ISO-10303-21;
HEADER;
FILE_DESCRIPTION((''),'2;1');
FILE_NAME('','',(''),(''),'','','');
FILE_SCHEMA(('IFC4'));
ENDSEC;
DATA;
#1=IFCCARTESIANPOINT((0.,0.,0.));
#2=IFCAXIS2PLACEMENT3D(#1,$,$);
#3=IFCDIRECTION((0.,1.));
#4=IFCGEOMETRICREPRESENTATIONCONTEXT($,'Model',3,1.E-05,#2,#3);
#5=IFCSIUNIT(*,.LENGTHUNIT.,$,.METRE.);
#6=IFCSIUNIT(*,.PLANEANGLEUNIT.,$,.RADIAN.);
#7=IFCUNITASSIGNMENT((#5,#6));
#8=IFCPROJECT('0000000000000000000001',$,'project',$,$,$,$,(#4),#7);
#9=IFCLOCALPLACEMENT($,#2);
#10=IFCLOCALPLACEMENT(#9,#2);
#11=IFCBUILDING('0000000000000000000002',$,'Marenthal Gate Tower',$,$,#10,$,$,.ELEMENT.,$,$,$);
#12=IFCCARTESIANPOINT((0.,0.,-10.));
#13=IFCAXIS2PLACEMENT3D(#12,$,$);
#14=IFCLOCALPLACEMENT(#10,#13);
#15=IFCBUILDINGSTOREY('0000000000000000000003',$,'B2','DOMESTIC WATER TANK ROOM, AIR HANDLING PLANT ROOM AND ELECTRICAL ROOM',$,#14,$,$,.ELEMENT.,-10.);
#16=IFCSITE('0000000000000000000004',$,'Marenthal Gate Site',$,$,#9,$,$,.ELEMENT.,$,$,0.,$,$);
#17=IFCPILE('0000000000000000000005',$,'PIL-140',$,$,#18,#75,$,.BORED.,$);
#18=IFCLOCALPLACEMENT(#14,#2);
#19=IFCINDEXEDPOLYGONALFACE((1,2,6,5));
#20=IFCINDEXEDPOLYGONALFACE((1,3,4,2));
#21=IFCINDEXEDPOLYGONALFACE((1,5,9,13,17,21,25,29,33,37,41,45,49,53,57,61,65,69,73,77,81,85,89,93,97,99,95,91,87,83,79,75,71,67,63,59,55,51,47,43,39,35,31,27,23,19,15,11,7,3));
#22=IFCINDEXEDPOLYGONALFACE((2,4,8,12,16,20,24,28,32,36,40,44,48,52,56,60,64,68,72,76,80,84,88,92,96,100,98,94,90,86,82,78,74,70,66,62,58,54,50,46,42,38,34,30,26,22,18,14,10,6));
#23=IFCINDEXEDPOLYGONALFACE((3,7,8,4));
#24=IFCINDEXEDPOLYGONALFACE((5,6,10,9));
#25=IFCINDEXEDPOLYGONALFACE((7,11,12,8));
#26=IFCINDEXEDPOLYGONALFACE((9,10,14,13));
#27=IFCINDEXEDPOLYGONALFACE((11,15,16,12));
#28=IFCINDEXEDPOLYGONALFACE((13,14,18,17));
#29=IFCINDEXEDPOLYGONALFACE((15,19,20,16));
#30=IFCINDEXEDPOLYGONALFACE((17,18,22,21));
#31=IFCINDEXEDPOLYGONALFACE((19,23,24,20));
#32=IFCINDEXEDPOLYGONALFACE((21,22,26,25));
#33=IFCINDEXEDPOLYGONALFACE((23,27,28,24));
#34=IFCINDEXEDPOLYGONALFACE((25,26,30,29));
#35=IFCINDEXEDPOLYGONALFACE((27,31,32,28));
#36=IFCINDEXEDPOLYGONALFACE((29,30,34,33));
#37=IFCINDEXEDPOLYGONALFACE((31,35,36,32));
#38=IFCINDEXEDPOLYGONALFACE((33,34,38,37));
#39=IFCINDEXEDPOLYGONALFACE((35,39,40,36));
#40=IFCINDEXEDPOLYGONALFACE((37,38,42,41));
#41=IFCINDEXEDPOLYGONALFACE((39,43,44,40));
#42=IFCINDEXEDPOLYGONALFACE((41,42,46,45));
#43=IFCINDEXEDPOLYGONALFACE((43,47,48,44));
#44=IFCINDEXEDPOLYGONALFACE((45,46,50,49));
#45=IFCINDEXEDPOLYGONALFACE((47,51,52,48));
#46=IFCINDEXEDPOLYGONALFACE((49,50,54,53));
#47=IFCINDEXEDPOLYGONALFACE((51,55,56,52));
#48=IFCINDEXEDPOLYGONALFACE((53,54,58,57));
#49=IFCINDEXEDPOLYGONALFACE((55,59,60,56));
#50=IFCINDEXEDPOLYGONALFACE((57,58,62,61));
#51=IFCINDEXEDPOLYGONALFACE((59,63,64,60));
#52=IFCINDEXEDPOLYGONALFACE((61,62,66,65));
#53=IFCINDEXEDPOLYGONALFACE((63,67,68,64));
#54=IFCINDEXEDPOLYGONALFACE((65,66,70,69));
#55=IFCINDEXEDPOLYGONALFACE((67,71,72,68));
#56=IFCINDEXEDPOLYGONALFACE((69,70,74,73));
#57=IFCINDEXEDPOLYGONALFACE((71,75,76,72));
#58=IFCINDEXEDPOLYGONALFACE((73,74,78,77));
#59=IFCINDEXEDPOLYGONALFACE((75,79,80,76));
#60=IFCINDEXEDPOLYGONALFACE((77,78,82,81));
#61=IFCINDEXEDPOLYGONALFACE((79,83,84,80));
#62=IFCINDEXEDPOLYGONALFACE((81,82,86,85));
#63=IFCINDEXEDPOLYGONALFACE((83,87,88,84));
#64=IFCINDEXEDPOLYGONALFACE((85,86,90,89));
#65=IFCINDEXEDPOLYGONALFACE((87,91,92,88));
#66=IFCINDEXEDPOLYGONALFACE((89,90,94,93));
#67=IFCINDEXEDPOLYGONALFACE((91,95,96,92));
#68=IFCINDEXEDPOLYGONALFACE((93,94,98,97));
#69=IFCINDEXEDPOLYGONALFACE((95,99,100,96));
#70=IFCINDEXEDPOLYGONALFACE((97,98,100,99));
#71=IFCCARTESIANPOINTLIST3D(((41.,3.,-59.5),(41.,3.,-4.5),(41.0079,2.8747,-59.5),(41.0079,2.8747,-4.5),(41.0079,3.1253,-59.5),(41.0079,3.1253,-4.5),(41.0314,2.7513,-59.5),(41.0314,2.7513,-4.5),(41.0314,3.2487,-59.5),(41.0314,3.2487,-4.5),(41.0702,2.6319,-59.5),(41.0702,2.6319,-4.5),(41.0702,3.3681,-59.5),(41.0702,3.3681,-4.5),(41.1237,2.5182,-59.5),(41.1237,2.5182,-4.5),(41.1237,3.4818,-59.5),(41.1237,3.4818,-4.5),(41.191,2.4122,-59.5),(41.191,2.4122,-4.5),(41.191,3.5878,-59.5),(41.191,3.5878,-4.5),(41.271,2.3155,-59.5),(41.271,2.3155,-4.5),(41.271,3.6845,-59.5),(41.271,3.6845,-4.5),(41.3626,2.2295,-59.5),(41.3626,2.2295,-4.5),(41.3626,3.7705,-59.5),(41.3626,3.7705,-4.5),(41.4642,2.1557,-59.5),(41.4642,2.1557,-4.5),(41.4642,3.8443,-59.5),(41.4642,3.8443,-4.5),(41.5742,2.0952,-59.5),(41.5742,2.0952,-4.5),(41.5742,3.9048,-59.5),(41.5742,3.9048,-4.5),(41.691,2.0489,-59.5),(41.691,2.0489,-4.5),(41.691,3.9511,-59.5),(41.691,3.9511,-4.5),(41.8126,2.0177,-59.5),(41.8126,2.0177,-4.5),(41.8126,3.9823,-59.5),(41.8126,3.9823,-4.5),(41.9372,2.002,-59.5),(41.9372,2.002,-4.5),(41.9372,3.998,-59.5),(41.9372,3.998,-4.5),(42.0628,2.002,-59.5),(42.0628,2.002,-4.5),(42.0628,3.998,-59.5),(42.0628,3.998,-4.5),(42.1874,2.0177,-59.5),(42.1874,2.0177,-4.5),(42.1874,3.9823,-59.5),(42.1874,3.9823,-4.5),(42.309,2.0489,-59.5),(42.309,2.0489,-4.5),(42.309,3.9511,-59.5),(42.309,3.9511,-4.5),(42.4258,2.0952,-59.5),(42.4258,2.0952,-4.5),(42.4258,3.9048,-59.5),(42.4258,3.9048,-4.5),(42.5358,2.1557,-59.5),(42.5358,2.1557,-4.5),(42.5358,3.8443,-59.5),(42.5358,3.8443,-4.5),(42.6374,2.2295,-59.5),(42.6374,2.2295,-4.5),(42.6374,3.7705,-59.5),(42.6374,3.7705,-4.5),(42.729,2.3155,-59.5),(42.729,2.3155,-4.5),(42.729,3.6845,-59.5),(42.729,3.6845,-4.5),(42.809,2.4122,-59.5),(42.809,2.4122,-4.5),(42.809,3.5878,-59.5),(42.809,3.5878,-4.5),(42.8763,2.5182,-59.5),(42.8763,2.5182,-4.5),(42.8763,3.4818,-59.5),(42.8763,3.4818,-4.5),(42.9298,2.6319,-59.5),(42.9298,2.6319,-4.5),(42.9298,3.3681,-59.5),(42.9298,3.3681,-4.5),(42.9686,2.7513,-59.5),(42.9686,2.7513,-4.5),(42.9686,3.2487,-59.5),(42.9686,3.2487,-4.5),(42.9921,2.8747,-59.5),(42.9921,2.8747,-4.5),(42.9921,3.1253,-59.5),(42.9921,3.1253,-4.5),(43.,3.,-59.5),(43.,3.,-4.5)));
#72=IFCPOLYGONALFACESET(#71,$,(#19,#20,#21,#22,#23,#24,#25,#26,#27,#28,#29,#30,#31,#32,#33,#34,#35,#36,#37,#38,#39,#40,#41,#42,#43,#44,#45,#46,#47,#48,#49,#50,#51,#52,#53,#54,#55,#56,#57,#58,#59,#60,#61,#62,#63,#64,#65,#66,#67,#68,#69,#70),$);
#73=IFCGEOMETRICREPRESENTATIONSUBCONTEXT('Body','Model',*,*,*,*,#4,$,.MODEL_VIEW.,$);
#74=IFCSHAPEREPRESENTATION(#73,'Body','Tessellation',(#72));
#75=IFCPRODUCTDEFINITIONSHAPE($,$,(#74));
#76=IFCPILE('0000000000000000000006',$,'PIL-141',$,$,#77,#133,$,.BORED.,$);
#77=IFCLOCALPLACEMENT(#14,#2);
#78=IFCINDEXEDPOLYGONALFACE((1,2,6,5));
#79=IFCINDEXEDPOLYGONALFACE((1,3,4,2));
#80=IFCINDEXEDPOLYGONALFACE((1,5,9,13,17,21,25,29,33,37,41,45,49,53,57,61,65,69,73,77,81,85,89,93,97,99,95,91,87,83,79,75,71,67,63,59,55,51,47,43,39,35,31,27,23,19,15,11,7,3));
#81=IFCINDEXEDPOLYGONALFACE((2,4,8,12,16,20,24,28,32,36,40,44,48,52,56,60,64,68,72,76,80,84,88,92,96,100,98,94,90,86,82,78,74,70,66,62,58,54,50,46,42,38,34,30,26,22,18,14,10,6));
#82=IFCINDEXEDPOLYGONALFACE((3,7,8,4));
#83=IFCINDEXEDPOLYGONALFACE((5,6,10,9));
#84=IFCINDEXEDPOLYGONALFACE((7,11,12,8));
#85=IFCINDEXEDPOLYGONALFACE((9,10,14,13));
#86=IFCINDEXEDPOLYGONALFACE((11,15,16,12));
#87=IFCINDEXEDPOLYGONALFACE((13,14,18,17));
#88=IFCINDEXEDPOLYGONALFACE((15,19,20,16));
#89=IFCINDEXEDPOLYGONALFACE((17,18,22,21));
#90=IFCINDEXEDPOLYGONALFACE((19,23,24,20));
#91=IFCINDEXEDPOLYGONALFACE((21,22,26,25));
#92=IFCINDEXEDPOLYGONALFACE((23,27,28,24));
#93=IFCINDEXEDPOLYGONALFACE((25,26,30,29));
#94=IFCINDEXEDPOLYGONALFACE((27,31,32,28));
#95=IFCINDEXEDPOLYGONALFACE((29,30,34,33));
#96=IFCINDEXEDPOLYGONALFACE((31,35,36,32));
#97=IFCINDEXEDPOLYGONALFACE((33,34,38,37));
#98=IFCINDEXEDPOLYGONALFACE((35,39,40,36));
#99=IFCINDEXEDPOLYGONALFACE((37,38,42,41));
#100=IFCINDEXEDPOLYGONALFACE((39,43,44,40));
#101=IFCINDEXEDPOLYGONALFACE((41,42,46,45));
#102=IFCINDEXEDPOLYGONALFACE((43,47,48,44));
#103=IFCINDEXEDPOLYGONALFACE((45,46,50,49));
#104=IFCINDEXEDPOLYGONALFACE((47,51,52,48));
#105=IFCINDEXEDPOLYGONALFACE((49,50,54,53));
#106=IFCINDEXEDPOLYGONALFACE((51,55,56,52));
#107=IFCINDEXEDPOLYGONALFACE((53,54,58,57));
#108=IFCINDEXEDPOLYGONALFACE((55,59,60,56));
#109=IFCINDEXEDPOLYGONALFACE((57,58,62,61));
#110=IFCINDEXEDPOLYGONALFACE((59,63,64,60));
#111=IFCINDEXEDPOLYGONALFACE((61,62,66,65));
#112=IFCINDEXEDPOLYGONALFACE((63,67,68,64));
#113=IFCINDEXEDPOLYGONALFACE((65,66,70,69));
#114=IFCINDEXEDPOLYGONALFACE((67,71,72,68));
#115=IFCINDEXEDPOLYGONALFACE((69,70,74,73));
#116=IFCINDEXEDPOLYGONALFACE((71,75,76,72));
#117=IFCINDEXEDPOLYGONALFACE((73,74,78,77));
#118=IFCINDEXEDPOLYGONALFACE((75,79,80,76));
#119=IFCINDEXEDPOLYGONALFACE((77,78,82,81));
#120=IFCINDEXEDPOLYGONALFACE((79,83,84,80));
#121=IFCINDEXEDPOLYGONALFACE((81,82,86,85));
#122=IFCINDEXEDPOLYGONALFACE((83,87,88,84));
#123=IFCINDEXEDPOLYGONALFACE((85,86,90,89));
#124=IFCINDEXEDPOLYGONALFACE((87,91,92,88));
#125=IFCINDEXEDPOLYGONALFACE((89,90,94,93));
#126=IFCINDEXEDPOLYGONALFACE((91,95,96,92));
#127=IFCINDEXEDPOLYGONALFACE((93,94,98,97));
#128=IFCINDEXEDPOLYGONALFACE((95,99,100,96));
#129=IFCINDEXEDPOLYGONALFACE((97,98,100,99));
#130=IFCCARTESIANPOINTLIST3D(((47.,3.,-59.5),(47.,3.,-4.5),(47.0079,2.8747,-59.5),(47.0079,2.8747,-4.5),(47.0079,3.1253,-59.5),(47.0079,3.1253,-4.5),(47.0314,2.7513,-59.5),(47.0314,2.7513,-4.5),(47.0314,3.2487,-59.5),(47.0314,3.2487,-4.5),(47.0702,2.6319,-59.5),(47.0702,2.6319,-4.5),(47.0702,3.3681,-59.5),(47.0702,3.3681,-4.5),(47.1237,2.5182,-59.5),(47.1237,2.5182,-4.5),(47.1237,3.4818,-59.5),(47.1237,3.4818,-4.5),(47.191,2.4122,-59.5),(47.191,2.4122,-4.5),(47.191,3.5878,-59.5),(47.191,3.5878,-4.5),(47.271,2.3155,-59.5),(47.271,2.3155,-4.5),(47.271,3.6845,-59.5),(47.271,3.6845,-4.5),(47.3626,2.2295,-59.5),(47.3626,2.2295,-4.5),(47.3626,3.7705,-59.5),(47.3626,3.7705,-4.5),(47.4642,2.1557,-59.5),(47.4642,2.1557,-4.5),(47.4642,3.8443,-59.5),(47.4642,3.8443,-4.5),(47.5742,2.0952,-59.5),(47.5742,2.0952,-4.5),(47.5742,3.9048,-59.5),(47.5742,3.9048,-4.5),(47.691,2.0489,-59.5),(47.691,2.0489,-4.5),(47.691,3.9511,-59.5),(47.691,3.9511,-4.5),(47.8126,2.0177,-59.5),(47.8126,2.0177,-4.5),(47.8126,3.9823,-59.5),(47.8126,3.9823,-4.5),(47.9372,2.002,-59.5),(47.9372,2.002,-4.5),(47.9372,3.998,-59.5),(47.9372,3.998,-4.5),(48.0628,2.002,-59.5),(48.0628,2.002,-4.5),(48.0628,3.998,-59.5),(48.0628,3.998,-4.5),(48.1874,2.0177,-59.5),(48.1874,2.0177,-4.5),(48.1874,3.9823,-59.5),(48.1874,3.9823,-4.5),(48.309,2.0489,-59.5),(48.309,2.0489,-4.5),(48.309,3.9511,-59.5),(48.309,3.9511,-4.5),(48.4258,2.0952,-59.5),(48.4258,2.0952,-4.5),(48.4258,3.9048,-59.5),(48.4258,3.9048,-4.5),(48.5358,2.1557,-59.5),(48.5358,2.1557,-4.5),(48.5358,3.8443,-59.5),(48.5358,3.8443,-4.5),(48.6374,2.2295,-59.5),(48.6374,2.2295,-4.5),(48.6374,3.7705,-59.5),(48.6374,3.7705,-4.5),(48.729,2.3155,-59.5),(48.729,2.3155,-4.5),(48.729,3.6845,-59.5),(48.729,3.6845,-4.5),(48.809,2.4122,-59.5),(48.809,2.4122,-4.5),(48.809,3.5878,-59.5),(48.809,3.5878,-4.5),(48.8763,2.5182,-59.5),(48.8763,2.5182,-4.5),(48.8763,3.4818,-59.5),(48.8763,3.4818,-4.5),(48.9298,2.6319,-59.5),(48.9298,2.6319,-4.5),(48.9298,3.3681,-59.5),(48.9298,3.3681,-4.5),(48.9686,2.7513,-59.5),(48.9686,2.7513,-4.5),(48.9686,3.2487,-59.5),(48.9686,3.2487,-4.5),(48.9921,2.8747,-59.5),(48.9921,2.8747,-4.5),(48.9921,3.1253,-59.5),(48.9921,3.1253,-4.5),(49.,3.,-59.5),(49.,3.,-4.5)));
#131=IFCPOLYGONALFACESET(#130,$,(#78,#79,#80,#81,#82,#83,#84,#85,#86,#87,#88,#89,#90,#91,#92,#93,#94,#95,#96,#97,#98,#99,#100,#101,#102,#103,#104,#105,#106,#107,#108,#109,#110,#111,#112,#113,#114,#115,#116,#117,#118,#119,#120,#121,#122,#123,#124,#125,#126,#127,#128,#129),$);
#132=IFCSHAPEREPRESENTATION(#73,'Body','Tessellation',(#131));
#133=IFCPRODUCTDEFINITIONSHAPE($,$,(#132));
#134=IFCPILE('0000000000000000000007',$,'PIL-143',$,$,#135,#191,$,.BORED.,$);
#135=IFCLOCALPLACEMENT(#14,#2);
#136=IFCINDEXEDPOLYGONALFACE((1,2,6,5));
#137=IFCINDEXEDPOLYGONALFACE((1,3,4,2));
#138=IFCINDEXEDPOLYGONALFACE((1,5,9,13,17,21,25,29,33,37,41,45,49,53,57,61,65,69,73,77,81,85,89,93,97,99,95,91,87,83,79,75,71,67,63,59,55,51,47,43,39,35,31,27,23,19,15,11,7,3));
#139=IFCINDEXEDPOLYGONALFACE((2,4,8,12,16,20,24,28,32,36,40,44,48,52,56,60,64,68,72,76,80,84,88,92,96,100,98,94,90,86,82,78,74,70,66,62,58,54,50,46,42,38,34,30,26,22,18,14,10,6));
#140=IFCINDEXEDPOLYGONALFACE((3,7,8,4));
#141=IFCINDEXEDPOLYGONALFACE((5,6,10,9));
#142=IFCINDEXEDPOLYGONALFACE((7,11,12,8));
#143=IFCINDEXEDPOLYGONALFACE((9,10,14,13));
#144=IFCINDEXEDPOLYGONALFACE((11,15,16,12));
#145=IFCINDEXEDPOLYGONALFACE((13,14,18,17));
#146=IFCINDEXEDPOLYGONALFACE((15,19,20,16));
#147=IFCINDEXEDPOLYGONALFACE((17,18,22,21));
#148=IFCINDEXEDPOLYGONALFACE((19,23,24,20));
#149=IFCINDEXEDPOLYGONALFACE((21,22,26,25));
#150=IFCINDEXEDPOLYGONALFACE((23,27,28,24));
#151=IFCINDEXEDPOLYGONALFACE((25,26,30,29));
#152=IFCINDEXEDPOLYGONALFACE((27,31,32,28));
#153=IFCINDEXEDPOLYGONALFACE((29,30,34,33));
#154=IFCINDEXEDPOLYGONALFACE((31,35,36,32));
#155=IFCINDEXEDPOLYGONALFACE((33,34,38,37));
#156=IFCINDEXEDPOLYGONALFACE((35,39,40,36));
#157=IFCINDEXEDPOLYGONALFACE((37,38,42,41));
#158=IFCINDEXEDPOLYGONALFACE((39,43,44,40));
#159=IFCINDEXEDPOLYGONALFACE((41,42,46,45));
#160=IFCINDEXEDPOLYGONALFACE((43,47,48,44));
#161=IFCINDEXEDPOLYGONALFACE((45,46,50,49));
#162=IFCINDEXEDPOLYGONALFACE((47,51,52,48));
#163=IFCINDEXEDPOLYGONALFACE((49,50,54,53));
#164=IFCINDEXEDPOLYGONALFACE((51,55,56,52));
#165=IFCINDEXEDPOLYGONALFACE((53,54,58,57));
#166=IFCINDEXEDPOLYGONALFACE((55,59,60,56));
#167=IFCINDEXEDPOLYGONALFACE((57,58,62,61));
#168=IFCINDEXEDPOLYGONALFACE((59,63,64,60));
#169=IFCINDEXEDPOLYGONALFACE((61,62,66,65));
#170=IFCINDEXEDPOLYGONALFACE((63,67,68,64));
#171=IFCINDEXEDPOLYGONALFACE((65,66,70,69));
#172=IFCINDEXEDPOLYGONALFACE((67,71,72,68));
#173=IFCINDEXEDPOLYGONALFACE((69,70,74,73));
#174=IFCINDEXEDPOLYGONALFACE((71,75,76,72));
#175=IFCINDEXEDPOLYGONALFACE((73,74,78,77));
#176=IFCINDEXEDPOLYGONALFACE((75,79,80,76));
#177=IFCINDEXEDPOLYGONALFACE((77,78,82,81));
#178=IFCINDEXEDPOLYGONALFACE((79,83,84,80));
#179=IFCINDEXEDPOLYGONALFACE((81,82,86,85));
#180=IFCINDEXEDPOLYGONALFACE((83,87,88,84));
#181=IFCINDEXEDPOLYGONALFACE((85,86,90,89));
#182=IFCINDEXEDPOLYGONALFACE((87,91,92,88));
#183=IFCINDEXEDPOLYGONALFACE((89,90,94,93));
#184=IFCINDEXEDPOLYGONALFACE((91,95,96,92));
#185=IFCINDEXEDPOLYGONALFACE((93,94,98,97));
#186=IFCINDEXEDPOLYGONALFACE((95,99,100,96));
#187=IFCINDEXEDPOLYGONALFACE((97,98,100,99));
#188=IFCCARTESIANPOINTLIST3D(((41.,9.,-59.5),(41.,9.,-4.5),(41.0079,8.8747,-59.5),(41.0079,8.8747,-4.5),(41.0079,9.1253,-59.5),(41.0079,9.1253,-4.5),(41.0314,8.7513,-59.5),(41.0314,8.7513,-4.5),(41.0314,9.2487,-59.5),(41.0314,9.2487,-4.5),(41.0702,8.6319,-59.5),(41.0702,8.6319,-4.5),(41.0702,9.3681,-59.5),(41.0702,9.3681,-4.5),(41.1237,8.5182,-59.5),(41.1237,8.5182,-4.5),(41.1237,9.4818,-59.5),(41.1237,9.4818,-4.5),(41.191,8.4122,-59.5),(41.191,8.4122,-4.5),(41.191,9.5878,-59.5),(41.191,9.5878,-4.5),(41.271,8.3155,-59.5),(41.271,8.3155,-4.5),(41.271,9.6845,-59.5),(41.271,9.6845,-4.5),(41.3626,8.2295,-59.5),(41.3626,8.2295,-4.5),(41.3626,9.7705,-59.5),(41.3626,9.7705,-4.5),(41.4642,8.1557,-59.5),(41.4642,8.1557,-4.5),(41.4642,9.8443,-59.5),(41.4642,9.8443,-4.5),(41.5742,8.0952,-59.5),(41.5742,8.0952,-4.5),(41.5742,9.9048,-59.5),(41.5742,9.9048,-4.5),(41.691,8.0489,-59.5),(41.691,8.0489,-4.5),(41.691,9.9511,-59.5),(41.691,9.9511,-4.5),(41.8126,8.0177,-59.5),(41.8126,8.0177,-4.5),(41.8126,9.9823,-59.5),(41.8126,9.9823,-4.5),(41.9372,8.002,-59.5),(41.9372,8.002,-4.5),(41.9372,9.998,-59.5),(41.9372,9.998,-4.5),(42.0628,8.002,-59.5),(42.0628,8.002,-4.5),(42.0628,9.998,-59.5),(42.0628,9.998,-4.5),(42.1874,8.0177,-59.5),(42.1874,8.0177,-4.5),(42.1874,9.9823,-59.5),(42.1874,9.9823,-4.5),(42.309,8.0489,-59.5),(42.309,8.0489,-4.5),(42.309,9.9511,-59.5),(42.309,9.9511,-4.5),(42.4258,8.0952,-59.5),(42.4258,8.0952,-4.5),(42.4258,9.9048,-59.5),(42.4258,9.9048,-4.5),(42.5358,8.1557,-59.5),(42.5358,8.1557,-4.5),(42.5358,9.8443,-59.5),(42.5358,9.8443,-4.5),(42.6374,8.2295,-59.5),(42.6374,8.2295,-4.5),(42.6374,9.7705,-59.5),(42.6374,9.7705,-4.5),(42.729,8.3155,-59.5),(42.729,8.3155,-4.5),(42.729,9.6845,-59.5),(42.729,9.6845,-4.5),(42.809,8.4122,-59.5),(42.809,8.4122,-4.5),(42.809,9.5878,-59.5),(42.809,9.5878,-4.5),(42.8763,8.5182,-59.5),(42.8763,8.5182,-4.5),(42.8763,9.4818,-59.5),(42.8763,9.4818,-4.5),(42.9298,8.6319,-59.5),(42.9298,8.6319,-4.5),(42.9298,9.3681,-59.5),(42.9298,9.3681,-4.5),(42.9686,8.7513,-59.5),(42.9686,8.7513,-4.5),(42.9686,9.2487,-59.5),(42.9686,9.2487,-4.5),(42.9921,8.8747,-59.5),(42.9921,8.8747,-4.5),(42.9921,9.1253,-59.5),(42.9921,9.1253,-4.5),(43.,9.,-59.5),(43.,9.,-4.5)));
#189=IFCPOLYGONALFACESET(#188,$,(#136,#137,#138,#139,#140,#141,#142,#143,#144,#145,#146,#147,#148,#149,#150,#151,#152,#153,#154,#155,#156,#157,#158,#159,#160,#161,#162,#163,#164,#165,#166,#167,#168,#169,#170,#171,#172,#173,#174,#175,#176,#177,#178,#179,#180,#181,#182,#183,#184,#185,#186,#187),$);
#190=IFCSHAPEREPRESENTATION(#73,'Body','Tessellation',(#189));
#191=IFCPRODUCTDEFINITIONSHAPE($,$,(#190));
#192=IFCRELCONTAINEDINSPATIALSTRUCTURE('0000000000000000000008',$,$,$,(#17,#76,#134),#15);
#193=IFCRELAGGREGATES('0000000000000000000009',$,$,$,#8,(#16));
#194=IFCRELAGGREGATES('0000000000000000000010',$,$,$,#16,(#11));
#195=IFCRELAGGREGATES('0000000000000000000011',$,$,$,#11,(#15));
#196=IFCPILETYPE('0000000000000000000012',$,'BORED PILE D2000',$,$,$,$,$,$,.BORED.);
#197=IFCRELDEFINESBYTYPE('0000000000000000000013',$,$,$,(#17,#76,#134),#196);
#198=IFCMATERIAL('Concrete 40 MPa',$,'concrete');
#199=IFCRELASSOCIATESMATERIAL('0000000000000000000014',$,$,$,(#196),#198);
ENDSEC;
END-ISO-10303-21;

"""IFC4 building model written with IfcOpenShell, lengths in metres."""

from ifc_helpers import new_model, si_unit, direction, frame, origin, origin_2d, place, context, subcontext, project, spatial, circle, extrude, material, type_object, element, save


model = new_model("IFC4")

# Units and contexts
model_context = context("Model", 3, precision=1e-05, world=origin(), true_north=direction((0.0, 1.0)))
body_context = subcontext(model_context, "Body", "Model", "MODEL_VIEW")
ifc_project = project(units=[si_unit("LENGTHUNIT", "METRE"), si_unit("PLANEANGLEUNIT", "RADIAN")], contexts=[model_context])

# Site, building, storey
site_placement = place(None, origin())
site = spatial("IfcSite", under=ifc_project, at=site_placement, Name="Marenthal Gate Site", CompositionType="ELEMENT", RefElevation=0.0)
building_placement = place(site_placement, origin())
building = spatial("IfcBuilding", under=site, at=building_placement, Name="Marenthal Gate Tower", CompositionType="ELEMENT")
storey_placement = place(building_placement, frame((0.0, 0.0, -10.0)))
storey = spatial("IfcBuildingStorey", under=building, at=storey_placement, Name="B2", Description="DOMESTIC WATER TANK ROOM, AIR HANDLING PLANT ROOM AND ELECTRICAL ROOM", CompositionType="ELEMENT", Elevation=-10.0)

# Piles
ifc_material_1 = material(Name="Concrete 40 MPa", Category="concrete")
pile_type = type_object("IfcPileType", Name="BORED PILE D2000", PredefinedType="BORED", material=ifc_material_1)
for number, where, z_axis, x_axis, name in (
    (1, (42.0, 3.0, -4.5), (0.0, 0.0, -1.0), (1.0, 0.0, 0.0), "PIL-140"),
    (2, (48.0, 3.0, -4.5), (0.0, 0.0, -1.0), (1.0, 0.0, 0.0), "PIL-141"),
    (3, (42.0, 9.0, -4.5), (0.0, 0.0, -1.0), (1.0, 0.0, 0.0), "PIL-143"),
):
    element("IfcPile", number, at=place(storey_placement, frame(where, z_axis=z_axis, x_axis=x_axis)), inside=storey, type_object=pile_type, Name=name, PredefinedType="BORED", context=body_context, shape_type="SweptSolid", body=[
        extrude(circle(Radius=1.0, at=origin_2d()), origin(), (0.0, 0.0, 1.0), 55.0),
    ])

save(model, "model.ifc")
